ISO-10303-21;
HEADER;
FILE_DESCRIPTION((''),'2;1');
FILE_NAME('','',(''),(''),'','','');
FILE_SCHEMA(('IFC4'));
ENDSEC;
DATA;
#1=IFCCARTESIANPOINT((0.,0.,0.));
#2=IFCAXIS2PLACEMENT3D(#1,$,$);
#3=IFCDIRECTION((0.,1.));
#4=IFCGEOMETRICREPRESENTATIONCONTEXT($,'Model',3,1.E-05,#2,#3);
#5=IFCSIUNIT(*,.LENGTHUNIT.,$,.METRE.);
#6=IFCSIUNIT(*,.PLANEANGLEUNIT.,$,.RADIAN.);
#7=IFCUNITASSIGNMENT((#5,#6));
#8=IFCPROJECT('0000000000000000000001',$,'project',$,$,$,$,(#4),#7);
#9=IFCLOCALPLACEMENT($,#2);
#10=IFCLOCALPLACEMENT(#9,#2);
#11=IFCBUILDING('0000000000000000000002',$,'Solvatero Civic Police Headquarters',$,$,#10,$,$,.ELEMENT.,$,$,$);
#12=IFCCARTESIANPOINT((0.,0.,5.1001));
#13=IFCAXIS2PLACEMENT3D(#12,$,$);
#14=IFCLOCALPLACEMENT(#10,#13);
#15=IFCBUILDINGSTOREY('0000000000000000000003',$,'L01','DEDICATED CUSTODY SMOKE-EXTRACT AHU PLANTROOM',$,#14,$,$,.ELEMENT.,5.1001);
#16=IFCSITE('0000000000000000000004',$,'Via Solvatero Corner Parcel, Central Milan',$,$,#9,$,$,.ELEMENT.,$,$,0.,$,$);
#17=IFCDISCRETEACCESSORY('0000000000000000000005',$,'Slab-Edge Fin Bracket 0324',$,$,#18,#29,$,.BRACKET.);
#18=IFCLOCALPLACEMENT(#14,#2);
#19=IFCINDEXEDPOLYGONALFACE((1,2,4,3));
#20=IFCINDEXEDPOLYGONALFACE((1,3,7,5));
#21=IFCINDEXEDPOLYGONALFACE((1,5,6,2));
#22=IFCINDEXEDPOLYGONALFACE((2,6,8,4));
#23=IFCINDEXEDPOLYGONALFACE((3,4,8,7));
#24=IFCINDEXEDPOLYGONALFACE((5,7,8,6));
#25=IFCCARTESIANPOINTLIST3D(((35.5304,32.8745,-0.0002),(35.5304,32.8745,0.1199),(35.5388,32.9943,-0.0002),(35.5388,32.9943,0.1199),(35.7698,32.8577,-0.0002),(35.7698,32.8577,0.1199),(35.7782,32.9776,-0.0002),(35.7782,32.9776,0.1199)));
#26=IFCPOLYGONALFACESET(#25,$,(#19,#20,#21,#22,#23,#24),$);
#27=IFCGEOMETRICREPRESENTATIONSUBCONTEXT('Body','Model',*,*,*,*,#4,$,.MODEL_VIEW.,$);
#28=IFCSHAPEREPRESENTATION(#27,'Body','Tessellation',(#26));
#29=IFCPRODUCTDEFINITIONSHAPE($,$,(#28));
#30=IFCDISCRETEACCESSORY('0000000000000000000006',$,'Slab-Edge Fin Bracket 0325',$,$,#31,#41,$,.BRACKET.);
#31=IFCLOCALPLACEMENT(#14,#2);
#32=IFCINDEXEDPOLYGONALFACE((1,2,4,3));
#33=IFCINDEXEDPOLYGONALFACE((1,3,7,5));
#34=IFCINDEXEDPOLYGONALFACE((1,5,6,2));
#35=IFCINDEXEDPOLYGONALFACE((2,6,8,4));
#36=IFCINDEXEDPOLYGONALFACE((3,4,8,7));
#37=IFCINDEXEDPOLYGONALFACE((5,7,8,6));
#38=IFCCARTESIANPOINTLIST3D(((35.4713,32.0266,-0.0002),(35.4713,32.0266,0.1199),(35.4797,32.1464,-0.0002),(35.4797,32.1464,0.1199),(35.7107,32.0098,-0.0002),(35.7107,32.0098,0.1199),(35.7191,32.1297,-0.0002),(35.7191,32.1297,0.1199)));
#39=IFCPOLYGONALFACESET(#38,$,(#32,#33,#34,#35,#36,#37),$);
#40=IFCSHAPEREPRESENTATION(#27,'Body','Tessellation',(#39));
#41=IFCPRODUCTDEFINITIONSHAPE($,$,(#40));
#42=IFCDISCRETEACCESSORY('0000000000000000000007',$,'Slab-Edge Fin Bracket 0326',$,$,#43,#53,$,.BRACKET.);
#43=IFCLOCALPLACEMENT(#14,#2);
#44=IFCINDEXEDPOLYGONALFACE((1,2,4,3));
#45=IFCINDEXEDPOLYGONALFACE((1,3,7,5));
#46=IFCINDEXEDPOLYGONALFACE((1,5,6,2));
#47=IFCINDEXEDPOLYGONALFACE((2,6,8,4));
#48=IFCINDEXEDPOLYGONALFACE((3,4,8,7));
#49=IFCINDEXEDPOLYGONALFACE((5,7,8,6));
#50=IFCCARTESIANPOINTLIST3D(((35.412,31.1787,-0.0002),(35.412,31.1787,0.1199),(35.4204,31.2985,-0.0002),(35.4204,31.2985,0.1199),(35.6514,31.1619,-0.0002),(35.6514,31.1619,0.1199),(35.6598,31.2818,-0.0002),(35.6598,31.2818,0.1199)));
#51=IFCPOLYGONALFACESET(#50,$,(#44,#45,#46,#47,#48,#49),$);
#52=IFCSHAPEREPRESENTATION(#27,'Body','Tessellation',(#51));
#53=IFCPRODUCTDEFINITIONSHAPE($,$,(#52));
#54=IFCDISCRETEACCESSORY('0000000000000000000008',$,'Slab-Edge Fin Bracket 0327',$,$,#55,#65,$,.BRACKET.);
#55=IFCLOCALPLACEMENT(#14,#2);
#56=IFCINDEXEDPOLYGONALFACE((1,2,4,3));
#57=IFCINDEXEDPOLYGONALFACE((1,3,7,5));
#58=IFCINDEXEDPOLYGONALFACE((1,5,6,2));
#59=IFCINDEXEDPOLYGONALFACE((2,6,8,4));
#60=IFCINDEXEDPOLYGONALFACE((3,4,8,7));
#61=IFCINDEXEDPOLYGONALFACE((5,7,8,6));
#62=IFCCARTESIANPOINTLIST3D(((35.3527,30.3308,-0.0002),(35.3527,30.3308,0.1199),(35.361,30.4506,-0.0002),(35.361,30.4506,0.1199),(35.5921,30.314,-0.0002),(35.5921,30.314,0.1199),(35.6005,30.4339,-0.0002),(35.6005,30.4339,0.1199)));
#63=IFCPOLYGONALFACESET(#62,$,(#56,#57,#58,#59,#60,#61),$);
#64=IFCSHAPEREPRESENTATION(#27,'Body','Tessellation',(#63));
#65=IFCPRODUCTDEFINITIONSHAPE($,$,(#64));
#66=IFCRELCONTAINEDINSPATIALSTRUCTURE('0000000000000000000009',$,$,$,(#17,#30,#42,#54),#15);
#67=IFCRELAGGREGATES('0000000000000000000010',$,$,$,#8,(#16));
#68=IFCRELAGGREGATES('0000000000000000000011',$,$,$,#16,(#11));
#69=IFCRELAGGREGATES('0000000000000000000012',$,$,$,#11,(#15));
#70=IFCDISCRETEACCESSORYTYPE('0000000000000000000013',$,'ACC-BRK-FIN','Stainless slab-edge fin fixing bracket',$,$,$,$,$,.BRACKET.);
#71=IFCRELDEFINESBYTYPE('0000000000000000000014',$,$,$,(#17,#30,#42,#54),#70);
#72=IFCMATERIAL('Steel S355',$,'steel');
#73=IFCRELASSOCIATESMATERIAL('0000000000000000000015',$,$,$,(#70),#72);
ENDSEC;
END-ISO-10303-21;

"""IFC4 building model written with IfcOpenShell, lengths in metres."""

from ifc_helpers import new_model, si_unit, direction, frame, origin, origin_2d, place, context, subcontext, project, spatial, rectangle, extrude, material, type_object, element, save


model = new_model("IFC4")

# Units and contexts
model_context = context("Model", 3, precision=1e-05, world=origin(), true_north=direction((0.0, 1.0)))
body_context = subcontext(model_context, "Body", "Model", "MODEL_VIEW")
ifc_project = project(units=[si_unit("LENGTHUNIT", "METRE"), si_unit("PLANEANGLEUNIT", "RADIAN")], contexts=[model_context])

# Site, building, storey
site_placement = place(None, origin())
site = spatial("IfcSite", under=ifc_project, at=site_placement, Name="Via Solvatero Corner Parcel, Central Milan", CompositionType="ELEMENT", RefElevation=0.0)
building_placement = place(site_placement, origin())
building = spatial("IfcBuilding", under=site, at=building_placement, Name="Solvatero Civic Police Headquarters", CompositionType="ELEMENT")
storey_placement = place(building_placement, frame((0.0, 0.0, 5.1001)))
storey = spatial("IfcBuildingStorey", under=building, at=storey_placement, Name="L01", Description="DEDICATED CUSTODY SMOKE-EXTRACT AHU PLANTROOM", CompositionType="ELEMENT", Elevation=5.1001)

# Shared definitions
ifc_material_1 = material(Name="Steel S355", Category="steel")

# Discrete accessories
discrete_accessory_type = type_object("IfcDiscreteAccessoryType", Name="ACC-BRK-FIN", Description="Stainless slab-edge fin fixing bracket", PredefinedType="BRACKET", material=ifc_material_1)
for number, where, z_axis, x_axis, name in (
    (1, (35.6543, 32.926, -0.0002), (0.0, 0.0, 1.0), (-0.069756, -0.997564, 0.0), "Slab-Edge Fin Bracket 0324"),
    (2, (35.5952, 32.0781, -0.0002), (0.0, 0.0, 1.0), (-0.069756, -0.997564, 0.0), "Slab-Edge Fin Bracket 0325"),
    (3, (35.5359, 31.2302, -0.0002), (0.0, 0.0, 1.0), (-0.069756, -0.997564, 0.0), "Slab-Edge Fin Bracket 0326"),
    (4, (35.4766, 30.3823, -0.0002), (0.0, 0.0, 1.0), (-0.069756, -0.997564, 0.0), "Slab-Edge Fin Bracket 0327"),
):
    element("IfcDiscreteAccessory", number, at=place(storey_placement, frame(where, z_axis=z_axis, x_axis=x_axis)), inside=storey, type_object=discrete_accessory_type, Name=name, PredefinedType="BRACKET", context=body_context, shape_type="SweptSolid", body=[
        extrude(rectangle(XDim=0.1201, YDim=0.24, at=origin_2d()), origin(), (0.0, 0.0, 1.0), 0.1201),
    ])

save(model, "model.ifc")
